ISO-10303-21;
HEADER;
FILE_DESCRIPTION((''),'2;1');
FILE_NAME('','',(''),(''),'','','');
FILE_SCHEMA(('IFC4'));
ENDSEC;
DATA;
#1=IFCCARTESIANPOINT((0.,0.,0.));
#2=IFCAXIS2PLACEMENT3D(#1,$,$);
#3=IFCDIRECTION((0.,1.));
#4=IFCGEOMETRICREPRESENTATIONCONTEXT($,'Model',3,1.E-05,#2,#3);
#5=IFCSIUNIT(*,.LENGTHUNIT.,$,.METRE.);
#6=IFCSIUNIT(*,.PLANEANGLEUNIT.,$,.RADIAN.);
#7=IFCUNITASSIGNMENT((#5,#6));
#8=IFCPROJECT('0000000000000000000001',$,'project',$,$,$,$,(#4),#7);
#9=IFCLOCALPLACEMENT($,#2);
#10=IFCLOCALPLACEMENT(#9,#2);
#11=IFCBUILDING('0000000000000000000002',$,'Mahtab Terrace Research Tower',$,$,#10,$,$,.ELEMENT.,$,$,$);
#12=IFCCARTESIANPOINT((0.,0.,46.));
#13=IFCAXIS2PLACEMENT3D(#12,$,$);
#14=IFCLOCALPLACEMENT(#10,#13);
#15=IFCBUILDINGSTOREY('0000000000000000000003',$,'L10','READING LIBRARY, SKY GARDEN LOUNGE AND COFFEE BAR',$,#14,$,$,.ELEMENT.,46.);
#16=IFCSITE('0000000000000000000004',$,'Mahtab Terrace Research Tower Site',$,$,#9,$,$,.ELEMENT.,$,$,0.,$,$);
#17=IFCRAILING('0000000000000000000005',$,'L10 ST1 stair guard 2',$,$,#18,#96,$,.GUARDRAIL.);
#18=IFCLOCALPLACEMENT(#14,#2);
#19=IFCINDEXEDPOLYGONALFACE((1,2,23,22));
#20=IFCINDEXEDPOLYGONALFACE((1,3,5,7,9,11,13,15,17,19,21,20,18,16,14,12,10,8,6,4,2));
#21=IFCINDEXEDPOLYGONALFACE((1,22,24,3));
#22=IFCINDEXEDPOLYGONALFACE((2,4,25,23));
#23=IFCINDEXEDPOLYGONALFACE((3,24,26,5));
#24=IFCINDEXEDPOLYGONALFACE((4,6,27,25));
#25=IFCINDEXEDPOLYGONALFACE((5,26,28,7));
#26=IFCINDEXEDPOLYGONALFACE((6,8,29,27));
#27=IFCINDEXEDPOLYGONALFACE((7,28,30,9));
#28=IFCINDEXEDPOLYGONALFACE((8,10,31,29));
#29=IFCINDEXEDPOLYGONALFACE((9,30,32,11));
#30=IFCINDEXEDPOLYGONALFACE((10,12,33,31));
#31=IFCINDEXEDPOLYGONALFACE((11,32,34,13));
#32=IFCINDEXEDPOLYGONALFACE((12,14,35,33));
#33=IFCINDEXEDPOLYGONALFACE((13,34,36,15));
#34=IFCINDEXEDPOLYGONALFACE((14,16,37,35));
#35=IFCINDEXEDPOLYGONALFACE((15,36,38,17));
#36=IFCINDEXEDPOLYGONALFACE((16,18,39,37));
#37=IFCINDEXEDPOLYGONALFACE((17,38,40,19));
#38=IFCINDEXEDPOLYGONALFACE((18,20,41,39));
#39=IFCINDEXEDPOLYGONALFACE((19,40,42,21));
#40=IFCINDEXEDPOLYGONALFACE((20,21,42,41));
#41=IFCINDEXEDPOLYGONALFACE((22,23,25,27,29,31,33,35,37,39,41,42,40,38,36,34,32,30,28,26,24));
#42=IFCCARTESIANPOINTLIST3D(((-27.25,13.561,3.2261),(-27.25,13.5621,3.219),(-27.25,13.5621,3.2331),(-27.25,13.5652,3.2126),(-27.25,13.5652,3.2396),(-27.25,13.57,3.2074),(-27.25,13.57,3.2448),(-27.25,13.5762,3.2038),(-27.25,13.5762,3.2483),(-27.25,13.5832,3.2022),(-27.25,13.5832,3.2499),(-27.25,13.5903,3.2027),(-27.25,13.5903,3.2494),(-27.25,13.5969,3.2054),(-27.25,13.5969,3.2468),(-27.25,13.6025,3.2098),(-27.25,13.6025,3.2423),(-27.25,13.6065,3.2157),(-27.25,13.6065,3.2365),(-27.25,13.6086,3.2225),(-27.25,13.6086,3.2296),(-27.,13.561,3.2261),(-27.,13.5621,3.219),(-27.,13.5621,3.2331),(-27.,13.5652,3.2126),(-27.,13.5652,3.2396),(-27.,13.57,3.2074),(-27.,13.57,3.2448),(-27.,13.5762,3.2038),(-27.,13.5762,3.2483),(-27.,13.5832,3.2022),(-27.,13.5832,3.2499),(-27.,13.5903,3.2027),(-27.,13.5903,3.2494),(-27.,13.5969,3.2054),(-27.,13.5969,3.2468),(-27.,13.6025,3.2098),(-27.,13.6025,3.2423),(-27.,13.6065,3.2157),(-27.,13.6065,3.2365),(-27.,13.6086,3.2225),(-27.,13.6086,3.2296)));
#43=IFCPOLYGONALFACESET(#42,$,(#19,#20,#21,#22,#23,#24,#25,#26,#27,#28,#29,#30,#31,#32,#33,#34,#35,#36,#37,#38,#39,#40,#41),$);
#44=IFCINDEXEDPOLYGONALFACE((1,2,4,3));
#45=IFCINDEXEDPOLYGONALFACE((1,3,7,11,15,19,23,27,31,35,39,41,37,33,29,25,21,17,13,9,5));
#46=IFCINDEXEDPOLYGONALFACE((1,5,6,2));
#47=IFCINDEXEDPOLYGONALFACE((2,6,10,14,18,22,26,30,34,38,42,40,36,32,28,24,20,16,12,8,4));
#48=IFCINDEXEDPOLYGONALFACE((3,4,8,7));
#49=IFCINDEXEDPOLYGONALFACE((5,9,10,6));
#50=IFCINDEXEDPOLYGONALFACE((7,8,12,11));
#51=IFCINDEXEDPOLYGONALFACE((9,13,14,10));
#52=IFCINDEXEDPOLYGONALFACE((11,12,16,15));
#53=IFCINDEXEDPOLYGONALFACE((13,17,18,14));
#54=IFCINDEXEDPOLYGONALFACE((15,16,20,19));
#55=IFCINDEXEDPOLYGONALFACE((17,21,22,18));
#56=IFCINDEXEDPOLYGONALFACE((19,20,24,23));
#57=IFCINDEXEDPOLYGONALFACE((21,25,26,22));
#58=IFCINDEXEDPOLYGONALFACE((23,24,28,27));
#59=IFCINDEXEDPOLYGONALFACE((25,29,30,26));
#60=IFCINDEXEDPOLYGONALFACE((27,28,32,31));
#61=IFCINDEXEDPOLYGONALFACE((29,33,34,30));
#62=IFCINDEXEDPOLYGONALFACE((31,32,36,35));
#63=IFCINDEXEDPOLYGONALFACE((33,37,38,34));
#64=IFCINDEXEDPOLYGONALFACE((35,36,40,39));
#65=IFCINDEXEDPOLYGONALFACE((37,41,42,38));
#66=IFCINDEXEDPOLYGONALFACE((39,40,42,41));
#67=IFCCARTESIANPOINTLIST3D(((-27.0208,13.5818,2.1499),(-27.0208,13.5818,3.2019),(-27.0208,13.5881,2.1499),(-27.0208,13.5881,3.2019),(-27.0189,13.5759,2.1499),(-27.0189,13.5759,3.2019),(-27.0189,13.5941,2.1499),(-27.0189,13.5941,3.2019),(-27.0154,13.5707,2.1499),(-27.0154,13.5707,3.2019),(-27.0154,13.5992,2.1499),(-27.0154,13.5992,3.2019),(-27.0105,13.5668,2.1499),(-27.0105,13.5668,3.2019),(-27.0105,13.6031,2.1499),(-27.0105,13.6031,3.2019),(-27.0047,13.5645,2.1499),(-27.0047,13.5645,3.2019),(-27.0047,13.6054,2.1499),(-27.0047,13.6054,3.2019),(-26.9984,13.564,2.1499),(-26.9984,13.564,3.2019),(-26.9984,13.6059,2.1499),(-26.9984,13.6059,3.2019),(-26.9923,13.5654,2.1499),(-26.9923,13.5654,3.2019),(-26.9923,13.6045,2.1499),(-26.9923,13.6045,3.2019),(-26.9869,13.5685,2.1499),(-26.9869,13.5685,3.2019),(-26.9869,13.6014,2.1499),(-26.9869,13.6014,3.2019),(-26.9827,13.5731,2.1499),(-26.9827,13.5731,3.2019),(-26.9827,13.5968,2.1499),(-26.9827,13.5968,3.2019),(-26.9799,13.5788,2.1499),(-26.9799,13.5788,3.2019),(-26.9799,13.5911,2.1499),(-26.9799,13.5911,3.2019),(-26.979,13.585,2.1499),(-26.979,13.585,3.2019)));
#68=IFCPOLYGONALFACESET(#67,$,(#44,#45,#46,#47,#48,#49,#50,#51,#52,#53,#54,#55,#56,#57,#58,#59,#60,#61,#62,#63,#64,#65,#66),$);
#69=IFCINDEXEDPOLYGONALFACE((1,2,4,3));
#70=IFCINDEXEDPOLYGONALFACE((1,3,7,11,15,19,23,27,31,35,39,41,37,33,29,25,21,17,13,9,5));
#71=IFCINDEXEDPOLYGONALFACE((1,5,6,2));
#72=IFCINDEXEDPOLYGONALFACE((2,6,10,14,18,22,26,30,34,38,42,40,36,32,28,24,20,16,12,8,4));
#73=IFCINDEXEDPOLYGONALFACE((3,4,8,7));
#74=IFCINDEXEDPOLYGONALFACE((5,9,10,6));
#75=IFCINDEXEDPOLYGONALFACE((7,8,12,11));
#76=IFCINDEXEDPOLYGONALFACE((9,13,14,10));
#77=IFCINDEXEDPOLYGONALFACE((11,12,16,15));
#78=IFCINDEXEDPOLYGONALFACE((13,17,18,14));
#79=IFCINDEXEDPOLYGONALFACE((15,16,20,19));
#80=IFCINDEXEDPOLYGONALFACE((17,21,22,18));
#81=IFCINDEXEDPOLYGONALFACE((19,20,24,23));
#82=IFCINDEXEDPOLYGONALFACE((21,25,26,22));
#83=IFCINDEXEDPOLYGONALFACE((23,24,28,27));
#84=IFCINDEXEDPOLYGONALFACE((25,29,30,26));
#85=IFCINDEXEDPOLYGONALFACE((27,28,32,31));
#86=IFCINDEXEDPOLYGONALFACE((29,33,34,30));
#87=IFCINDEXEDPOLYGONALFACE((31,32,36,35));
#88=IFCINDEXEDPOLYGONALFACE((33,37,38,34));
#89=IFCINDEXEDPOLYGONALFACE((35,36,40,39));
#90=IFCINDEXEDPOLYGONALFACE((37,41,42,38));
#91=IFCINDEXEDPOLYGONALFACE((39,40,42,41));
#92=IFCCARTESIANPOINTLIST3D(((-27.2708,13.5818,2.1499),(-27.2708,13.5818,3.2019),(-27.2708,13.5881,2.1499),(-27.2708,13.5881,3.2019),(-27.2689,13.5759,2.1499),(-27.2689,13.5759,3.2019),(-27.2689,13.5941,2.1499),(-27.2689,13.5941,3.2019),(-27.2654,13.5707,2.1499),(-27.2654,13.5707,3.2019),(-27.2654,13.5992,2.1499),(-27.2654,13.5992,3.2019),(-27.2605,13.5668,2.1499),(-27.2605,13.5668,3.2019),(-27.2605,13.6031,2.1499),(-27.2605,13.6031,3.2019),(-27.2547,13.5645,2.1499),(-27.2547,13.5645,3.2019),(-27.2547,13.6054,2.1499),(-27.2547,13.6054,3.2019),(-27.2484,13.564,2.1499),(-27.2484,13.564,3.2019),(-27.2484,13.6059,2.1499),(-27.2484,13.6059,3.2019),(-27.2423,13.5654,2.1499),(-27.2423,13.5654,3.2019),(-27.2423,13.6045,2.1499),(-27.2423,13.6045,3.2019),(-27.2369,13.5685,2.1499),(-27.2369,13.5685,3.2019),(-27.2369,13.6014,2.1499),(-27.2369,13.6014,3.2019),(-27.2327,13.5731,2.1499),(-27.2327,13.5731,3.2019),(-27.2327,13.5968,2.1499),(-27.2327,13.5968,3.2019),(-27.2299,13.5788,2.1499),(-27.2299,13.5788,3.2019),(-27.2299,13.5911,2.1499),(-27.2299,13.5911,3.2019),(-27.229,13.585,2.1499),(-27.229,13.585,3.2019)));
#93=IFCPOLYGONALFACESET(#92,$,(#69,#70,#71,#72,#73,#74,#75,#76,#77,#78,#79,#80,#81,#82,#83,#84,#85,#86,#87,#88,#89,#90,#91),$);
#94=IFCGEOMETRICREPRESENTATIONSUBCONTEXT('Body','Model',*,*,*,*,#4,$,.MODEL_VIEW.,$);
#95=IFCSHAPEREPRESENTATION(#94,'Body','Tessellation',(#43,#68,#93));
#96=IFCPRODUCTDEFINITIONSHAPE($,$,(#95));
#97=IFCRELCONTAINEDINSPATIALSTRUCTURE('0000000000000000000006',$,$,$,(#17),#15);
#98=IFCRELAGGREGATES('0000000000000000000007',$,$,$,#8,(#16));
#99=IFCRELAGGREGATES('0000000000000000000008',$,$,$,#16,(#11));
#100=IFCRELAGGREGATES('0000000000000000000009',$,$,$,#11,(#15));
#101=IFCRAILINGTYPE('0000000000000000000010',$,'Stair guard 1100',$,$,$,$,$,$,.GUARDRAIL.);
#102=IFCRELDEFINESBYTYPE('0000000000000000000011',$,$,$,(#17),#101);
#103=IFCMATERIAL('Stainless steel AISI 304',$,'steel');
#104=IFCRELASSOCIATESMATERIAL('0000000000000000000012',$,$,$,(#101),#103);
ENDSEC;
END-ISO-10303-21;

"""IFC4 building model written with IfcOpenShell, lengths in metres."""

from ifc_helpers import new_model, si_unit, direction, frame, origin, origin_2d, place, context, subcontext, project, spatial, circle, extrude, material, type_object, element, save


model = new_model("IFC4")

# Units and contexts
model_context = context("Model", 3, precision=1e-05, world=origin(), true_north=direction((0.0, 1.0)))
body_context = subcontext(model_context, "Body", "Model", "MODEL_VIEW")
ifc_project = project(units=[si_unit("LENGTHUNIT", "METRE"), si_unit("PLANEANGLEUNIT", "RADIAN")], contexts=[model_context])

# Site, building, storey
site_placement = place(None, origin())
site = spatial("IfcSite", under=ifc_project, at=site_placement, Name="Mahtab Terrace Research Tower Site", CompositionType="ELEMENT", RefElevation=0.0)
building_placement = place(site_placement, origin())
building = spatial("IfcBuilding", under=site, at=building_placement, Name="Mahtab Terrace Research Tower", CompositionType="ELEMENT")
storey_placement = place(building_placement, frame((0.0, 0.0, 46.0)))
storey = spatial("IfcBuildingStorey", under=building, at=storey_placement, Name="L10", Description="READING LIBRARY, SKY GARDEN LOUNGE AND COFFEE BAR", CompositionType="ELEMENT", Elevation=46.0)

# Railing
ifc_material_1 = material(Name="Stainless steel AISI 304", Category="steel")
railing_type_1 = type_object("IfcRailingType", Name="Stair guard 1100", PredefinedType="GUARDRAIL", material=ifc_material_1)
railing_1_placement = place(storey_placement, frame((-27.0, 13.585, 2.1499)))
element("IfcRailing", 1, at=railing_1_placement, inside=storey, type_object=railing_type_1, Name="L10 ST1 stair guard 2", PredefinedType="GUARDRAIL", context=body_context, shape_type="SweptSolid", body=[
    extrude(circle(Radius=0.0239, at=origin_2d()), frame((0.0, 0.0, 1.0762), z_axis=(-1.0, 0.0, 0.0), x_axis=(0.0, -1.0, 0.0)), (0.0, 0.0, 1.0), 0.25),
    extrude(circle(Radius=0.021, at=origin_2d()), origin(), (0.0, 0.0, 1.0), 1.052),
    extrude(circle(Radius=0.021, at=origin_2d()), frame((-0.25, 0.0, 0.0)), (0.0, 0.0, 1.0), 1.052),
])

save(model, "model.ifc")
